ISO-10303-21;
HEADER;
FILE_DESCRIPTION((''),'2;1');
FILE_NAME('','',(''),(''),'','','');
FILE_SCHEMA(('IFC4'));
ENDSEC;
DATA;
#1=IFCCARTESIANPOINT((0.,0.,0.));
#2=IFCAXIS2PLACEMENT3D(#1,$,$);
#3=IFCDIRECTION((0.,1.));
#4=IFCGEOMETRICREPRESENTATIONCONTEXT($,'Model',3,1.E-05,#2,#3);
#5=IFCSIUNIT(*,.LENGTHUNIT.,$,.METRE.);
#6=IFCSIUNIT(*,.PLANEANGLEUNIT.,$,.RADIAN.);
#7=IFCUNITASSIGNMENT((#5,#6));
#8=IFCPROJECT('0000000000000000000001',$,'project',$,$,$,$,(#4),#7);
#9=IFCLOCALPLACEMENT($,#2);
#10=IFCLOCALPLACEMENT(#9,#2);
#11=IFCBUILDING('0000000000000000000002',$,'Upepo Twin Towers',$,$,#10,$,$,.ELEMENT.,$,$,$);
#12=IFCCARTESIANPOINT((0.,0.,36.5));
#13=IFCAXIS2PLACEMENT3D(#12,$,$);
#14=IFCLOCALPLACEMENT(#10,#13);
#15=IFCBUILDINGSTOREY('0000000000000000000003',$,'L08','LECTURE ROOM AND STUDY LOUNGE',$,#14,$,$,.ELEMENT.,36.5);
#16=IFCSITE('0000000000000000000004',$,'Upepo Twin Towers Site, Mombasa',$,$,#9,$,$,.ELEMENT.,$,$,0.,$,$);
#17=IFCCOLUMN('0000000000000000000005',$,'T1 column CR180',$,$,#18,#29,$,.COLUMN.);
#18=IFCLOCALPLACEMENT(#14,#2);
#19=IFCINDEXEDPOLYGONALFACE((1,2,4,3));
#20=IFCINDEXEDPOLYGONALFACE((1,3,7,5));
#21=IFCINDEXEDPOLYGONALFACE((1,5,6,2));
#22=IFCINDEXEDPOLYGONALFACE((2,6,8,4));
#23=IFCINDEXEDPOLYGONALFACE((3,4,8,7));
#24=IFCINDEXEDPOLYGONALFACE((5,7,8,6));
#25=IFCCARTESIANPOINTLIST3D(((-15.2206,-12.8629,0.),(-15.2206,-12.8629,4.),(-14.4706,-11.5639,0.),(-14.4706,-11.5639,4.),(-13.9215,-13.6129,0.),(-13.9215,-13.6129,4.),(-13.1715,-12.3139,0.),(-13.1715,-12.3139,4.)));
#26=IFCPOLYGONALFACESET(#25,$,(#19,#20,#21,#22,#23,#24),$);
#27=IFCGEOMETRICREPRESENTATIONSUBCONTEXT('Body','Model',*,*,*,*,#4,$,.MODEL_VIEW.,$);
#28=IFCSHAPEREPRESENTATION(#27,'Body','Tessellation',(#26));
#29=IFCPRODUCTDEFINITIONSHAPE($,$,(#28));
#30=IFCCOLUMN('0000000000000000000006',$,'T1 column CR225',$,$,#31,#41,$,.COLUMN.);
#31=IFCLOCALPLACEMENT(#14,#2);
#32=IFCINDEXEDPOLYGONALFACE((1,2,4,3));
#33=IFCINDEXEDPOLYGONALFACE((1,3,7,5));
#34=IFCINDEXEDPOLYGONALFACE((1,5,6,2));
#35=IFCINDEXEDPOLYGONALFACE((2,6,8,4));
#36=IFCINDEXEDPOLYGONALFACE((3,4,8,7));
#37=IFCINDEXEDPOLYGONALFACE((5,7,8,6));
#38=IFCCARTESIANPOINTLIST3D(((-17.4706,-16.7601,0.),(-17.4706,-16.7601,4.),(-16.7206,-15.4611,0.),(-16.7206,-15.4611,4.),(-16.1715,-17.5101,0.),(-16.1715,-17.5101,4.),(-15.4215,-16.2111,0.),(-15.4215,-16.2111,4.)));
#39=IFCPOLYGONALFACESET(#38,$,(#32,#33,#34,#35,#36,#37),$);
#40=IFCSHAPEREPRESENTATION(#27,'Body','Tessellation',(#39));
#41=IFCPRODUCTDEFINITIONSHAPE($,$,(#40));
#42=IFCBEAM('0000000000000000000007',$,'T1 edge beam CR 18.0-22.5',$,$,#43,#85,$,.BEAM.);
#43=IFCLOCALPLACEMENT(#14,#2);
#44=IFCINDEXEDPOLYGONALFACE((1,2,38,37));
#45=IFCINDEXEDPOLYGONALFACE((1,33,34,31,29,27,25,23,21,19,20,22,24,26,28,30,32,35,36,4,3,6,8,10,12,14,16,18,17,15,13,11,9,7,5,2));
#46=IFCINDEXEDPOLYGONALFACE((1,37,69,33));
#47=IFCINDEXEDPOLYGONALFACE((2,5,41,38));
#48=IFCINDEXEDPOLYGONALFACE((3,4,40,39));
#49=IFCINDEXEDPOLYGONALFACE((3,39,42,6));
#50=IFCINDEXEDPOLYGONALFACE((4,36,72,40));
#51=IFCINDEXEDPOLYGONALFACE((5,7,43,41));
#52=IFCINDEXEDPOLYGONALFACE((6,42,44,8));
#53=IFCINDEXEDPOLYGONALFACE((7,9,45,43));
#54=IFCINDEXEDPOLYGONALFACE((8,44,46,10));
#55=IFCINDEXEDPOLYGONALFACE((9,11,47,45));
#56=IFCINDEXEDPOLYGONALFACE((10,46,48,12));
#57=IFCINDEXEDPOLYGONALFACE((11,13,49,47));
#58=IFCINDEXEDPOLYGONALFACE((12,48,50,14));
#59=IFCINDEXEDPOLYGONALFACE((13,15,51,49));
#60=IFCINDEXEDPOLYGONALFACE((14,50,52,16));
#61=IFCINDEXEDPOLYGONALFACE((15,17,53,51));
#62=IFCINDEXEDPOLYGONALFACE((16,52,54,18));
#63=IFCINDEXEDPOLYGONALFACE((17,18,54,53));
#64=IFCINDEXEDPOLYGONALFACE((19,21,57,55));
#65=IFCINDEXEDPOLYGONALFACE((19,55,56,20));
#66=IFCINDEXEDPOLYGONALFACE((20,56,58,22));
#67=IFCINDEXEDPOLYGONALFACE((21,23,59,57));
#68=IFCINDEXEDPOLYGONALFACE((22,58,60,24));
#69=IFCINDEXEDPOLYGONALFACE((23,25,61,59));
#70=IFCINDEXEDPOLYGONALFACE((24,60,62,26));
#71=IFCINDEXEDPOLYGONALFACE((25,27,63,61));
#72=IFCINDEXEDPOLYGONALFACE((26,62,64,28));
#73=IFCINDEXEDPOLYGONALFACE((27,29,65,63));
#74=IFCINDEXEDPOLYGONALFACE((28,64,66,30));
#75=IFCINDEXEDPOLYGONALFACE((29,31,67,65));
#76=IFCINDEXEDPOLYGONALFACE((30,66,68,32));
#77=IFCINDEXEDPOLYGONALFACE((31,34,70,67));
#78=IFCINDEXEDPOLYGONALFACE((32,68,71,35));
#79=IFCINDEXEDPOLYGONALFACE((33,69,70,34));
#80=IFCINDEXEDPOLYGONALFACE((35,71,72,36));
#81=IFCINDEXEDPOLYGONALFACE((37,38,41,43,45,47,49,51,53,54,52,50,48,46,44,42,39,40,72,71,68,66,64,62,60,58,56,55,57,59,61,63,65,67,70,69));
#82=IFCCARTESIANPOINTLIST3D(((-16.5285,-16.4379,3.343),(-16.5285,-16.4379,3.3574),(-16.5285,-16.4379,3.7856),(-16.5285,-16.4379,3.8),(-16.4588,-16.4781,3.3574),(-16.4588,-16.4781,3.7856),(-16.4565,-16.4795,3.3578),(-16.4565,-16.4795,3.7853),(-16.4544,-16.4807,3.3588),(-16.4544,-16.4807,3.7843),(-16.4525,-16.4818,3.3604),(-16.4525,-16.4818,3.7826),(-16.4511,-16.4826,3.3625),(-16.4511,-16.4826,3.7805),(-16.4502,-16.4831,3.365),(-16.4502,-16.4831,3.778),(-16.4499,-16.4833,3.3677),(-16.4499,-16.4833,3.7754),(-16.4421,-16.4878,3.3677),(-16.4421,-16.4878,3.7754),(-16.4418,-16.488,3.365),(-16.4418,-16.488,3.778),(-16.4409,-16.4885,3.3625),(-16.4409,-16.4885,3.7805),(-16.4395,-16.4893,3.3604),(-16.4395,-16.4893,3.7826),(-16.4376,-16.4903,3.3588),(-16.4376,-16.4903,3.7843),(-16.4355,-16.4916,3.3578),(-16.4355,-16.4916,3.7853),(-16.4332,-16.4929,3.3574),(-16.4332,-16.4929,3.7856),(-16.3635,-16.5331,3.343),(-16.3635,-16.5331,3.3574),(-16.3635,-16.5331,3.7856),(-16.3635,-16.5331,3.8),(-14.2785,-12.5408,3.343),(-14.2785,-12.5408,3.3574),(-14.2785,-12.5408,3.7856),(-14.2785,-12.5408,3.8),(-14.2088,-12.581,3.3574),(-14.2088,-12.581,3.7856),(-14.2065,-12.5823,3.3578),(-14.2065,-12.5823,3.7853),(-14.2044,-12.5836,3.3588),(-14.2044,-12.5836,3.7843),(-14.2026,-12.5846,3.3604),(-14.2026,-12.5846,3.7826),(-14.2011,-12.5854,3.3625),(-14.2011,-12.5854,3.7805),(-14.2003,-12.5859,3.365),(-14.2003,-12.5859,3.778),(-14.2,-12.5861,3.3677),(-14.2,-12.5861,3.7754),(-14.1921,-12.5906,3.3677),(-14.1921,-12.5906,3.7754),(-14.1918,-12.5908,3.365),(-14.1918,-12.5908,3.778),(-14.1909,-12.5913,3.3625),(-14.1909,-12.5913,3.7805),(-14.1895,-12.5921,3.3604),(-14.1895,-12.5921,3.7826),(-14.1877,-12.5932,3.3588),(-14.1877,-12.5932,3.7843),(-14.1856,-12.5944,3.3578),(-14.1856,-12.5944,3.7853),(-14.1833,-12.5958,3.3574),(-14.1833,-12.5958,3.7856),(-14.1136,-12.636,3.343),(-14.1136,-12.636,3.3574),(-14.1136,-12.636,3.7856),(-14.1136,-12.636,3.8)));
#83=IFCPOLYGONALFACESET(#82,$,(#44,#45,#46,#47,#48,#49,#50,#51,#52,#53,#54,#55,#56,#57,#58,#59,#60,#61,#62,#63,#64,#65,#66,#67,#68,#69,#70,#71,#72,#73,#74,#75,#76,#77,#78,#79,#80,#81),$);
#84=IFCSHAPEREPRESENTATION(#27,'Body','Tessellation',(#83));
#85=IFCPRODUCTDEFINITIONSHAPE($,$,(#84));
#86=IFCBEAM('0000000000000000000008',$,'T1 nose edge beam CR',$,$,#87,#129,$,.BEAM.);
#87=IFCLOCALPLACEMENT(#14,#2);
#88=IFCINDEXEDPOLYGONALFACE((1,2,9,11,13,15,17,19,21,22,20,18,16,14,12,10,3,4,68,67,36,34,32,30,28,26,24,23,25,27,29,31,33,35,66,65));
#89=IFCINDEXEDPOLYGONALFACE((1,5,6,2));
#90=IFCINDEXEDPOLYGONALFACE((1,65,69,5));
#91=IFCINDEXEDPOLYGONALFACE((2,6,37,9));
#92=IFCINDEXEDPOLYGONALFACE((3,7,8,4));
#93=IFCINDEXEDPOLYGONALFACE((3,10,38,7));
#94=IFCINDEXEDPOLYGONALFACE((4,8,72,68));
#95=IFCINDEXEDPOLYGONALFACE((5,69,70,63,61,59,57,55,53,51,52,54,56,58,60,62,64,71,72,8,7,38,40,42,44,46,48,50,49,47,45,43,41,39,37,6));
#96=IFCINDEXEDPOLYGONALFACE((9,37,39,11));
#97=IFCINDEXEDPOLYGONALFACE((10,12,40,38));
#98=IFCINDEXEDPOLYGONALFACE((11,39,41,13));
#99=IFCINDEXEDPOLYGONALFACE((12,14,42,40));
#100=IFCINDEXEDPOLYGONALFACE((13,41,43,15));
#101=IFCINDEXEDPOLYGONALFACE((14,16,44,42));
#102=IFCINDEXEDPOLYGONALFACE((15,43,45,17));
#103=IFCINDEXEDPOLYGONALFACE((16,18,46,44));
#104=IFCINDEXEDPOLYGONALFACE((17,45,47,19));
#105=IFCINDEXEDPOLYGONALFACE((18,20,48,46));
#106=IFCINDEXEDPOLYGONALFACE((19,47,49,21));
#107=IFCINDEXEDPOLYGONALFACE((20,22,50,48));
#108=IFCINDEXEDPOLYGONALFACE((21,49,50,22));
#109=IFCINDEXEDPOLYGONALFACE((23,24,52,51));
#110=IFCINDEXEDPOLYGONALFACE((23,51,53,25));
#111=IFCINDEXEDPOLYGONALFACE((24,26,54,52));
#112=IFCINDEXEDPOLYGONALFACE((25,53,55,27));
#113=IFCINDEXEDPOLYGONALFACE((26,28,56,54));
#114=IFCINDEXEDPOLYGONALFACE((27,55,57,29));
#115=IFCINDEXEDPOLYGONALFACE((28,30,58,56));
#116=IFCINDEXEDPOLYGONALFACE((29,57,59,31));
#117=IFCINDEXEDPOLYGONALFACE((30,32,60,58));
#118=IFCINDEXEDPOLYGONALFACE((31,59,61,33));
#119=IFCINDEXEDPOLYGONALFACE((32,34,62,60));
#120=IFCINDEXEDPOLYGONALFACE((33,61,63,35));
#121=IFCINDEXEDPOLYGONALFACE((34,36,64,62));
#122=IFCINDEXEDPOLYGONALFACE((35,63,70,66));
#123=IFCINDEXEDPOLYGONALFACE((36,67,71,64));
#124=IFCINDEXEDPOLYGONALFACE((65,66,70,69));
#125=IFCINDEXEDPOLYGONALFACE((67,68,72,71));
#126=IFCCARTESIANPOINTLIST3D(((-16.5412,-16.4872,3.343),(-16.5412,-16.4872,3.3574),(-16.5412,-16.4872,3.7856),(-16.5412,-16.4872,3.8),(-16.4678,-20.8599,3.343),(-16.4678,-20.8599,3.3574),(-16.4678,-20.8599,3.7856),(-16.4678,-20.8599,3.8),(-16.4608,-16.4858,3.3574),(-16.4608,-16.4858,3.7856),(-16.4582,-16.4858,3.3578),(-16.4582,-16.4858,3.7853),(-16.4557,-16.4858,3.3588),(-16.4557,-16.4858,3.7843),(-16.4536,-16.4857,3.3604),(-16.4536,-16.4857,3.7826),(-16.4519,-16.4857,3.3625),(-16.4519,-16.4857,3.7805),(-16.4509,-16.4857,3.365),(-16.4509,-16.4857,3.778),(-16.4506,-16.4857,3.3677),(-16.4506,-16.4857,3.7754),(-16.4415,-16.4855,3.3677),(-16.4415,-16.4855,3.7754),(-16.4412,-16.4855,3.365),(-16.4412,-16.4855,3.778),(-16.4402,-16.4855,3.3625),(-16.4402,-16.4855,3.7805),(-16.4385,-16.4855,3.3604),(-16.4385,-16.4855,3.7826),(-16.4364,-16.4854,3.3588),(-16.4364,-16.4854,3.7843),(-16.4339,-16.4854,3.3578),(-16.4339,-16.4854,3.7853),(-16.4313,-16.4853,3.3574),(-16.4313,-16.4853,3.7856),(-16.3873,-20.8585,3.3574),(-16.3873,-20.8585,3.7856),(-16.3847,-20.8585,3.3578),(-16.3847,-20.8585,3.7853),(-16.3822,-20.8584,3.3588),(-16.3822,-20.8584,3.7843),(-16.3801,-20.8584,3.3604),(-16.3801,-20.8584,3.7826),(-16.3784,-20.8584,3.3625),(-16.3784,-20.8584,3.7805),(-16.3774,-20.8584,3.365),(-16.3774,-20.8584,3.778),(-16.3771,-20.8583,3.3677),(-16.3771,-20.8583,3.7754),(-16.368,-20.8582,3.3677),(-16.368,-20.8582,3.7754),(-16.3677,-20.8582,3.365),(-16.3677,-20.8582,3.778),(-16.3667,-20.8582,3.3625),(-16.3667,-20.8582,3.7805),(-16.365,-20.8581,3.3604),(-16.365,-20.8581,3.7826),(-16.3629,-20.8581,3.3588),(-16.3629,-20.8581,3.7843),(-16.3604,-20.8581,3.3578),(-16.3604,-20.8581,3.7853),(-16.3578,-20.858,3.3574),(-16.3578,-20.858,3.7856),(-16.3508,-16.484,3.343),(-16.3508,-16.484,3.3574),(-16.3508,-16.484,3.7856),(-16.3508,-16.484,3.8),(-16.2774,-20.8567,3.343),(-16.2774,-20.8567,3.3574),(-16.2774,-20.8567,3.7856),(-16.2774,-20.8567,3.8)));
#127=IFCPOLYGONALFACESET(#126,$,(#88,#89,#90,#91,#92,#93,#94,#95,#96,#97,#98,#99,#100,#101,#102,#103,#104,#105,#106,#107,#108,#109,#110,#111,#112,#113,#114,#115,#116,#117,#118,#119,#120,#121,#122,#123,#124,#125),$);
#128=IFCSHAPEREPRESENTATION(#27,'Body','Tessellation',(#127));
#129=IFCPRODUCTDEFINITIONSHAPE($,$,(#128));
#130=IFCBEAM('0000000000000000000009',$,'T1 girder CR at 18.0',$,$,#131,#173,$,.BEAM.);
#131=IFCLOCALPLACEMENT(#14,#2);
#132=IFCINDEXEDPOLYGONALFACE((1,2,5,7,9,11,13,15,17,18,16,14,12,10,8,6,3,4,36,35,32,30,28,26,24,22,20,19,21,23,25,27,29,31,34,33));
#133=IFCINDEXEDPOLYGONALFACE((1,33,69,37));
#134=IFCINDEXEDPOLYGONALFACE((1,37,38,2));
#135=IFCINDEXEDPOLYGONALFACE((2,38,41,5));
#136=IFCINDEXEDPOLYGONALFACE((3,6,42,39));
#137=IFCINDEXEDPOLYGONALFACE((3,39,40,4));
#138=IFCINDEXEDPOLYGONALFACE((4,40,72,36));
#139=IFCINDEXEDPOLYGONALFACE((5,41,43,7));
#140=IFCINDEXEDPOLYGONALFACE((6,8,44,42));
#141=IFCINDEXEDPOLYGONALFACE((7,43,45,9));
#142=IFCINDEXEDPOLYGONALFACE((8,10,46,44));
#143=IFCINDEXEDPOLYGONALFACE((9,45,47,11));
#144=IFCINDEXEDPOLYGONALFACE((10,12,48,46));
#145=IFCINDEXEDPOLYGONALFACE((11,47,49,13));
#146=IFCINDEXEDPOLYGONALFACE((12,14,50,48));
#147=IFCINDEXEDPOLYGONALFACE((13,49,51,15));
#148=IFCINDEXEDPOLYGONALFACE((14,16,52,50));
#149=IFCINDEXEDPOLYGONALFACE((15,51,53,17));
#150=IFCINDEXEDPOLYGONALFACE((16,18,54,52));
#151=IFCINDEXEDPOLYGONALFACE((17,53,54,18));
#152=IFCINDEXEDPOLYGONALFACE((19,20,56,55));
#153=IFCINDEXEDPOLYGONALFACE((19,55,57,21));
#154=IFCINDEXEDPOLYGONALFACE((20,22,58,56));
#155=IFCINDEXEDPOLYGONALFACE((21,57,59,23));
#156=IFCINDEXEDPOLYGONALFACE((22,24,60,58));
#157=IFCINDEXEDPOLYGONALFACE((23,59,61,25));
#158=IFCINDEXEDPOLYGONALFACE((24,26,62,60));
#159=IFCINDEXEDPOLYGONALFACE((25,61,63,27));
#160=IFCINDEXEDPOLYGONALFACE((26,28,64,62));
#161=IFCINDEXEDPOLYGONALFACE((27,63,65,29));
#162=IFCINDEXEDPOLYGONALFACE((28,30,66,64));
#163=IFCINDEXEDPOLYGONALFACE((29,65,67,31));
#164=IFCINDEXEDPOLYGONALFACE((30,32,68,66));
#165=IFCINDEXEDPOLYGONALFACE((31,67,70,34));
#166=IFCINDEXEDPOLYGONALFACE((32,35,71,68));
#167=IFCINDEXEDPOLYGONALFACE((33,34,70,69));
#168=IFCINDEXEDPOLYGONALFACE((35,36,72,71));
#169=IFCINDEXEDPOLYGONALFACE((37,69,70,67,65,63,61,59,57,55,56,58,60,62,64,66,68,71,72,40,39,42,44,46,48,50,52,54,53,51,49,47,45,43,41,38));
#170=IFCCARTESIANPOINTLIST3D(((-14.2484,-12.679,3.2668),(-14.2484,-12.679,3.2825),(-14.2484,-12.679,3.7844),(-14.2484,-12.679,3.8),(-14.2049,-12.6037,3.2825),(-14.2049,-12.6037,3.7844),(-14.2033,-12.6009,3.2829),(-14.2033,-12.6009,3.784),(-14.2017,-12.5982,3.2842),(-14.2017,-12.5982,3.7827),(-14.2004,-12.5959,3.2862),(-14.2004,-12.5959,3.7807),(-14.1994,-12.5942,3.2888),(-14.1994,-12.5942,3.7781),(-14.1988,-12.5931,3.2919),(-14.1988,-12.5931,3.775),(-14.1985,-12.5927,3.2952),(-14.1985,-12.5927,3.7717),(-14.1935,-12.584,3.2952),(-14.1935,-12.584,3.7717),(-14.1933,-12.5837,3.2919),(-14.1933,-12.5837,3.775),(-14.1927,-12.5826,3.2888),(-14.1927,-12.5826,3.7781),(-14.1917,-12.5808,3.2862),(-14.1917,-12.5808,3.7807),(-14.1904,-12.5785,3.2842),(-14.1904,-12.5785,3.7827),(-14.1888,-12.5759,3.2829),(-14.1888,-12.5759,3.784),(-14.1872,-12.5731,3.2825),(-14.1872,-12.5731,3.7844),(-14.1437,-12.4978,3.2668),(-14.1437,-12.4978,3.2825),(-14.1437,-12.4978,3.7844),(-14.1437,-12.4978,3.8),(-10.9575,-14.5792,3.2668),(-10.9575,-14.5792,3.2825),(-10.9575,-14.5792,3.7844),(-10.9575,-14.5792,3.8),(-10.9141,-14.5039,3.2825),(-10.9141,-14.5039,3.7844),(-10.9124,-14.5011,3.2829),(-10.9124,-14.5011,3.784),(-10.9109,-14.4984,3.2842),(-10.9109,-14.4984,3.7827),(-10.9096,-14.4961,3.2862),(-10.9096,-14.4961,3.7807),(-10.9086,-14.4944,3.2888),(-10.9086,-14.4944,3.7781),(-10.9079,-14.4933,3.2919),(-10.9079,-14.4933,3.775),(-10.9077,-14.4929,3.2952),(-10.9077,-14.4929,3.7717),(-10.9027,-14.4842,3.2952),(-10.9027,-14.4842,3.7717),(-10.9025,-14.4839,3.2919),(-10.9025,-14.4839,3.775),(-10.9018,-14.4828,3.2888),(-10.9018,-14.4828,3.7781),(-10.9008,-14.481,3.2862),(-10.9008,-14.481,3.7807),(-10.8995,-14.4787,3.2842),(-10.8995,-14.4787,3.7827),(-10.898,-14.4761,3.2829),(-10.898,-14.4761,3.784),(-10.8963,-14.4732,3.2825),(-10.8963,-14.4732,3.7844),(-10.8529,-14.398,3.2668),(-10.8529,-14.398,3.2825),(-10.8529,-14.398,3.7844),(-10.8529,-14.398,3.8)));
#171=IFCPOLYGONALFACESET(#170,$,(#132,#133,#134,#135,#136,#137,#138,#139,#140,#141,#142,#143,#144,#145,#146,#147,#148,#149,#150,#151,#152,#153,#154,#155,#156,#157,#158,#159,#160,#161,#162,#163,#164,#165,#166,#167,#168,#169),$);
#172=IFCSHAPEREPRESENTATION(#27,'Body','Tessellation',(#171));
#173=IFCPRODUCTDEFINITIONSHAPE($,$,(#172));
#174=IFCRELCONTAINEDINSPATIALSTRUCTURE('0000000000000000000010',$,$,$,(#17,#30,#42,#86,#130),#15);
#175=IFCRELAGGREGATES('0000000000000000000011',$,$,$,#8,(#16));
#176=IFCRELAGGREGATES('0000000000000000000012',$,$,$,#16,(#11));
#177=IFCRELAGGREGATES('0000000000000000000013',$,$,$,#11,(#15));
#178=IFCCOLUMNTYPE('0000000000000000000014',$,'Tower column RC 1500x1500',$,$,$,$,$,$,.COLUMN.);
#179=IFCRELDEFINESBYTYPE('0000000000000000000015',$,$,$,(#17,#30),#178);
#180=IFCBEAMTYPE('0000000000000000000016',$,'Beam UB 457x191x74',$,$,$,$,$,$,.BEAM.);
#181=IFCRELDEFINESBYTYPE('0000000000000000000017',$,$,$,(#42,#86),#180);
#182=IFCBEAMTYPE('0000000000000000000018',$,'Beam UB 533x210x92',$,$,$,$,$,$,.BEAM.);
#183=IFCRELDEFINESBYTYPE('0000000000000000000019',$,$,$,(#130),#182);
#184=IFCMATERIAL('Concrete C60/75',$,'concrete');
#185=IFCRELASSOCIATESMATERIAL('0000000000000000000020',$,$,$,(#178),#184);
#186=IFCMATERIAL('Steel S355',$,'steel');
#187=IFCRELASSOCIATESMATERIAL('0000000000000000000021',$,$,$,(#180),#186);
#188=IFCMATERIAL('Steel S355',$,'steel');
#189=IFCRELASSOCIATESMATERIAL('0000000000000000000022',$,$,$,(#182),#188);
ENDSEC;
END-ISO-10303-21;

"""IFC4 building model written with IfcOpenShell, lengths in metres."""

from ifc_helpers import new_model, si_unit, direction, frame, origin, origin_2d, place, context, subcontext, project, spatial, rectangle, i_section, extrude, material, material_profile, profile_set, type_object, element, save


model = new_model("IFC4")

# Units and contexts
model_context = context("Model", 3, precision=1e-05, world=origin(), true_north=direction((0.0, 1.0)))
body_context = subcontext(model_context, "Body", "Model", "MODEL_VIEW")
ifc_project = project(units=[si_unit("LENGTHUNIT", "METRE"), si_unit("PLANEANGLEUNIT", "RADIAN")], contexts=[model_context])

# Site, building, storey
site_placement = place(None, origin())
site = spatial("IfcSite", under=ifc_project, at=site_placement, Name="Upepo Twin Towers Site, Mombasa", CompositionType="ELEMENT", RefElevation=0.0)
building_placement = place(site_placement, origin())
building = spatial("IfcBuilding", under=site, at=building_placement, Name="Upepo Twin Towers", CompositionType="ELEMENT")
storey_placement = place(building_placement, frame((0.0, 0.0, 36.5)))
storey = spatial("IfcBuildingStorey", under=building, at=storey_placement, Name="L08", Description="LECTURE ROOM AND STUDY LOUNGE", CompositionType="ELEMENT", Elevation=36.5)

# Columns
ifc_material_1 = material(Name="Concrete C60/75", Category="concrete")
ifc_material_profile_1 = material_profile(ifc_material_1, rectangle(XDim=1.5, YDim=1.5, at=origin_2d()), Name="RC 1500x1500")
ifc_profile_set_1 = profile_set([ifc_material_profile_1], Name="Concrete C60/75")
column_type = type_object("IfcColumnType", Name="Tower column RC 1500x1500", PredefinedType="COLUMN", material=ifc_profile_set_1)
for number, where, z_axis, x_axis, name in (
    (1, (-14.196, -12.5884, 0.0), (0.0, 0.0, 1.0), (0.5, 0.866025, 0.0), "T1 column CR180"),
    (2, (-16.446, -16.4856, 0.0), (0.0, 0.0, 1.0), (0.5, 0.866025, 0.0), "T1 column CR225"),
):
    element("IfcColumn", number, at=place(storey_placement, frame(where, z_axis=z_axis, x_axis=x_axis)), inside=storey, type_object=column_type, Name=name, PredefinedType="COLUMN", context=body_context, shape_type="SweptSolid", body=[
        extrude(rectangle(XDim=1.5, YDim=1.5, at=origin_2d()), origin(), (0.0, 0.0, 1.0), 4.0),
    ])

# Beams
ifc_material_2 = material(Name="Steel S355", Category="steel")
ifc_material_profile_2 = material_profile(ifc_material_2, i_section(OverallWidth=0.1904, OverallDepth=0.457, WebThickness=0.009, FlangeThickness=0.0144, FilletRadius=0.0103, at=origin_2d()), Name="UB 457x191x74")
ifc_profile_set_2 = profile_set([ifc_material_profile_2], Name="Steel S355")
beam_type_1 = type_object("IfcBeamType", Name="Beam UB 457x191x74", PredefinedType="BEAM", material=ifc_profile_set_2)
beam_1_placement = place(storey_placement, frame((-14.196, -12.5884, 3.5715), z_axis=(-0.49999, -0.866031, 0.0), x_axis=(0.866031, -0.49999, 0.0)))
element("IfcBeam", 3, at=beam_1_placement, inside=storey, type_object=beam_type_1, Name="T1 edge beam CR 18.0-22.5", PredefinedType="BEAM", context=body_context, shape_type="SweptSolid", body=[
    extrude(i_section(OverallWidth=0.1904, OverallDepth=0.457, WebThickness=0.009, FlangeThickness=0.0144, FilletRadius=0.0103, at=origin_2d()), origin(), (0.0, 0.0, 1.0), 4.5),
])
beam_2_placement = place(storey_placement, frame((-16.446, -16.4856, 3.5715), z_axis=(0.016804, -0.999859, 0.0), x_axis=(0.999859, 0.016804, 0.0)))
element("IfcBeam", 4, at=beam_2_placement, inside=storey, type_object=beam_type_1, Name="T1 nose edge beam CR", PredefinedType="BEAM", context=body_context, shape_type="SweptSolid", body=[
    extrude(i_section(OverallWidth=0.1904, OverallDepth=0.457, WebThickness=0.009, FlangeThickness=0.0144, FilletRadius=0.0103, at=origin_2d()), origin(), (0.0, 0.0, 1.0), 4.3733),
])
ifc_material_3 = material(Name="Steel S355", Category="steel")
ifc_material_profile_3 = material_profile(ifc_material_3, i_section(OverallWidth=0.2092, OverallDepth=0.5332, WebThickness=0.01, FlangeThickness=0.0156, FilletRadius=0.0127, at=origin_2d()), Name="UB 533x210x92")
ifc_profile_set_3 = profile_set([ifc_material_profile_3], Name="Steel S355")
beam_type_2 = type_object("IfcBeamType", Name="Beam UB 533x210x92", PredefinedType="BEAM", material=ifc_profile_set_3)
beam_3_placement = place(storey_placement, frame((-14.196, -12.5884, 3.5334), z_axis=(0.866, -0.500043, 0.0), x_axis=(0.500043, 0.866, 0.0)))
element("IfcBeam", 5, at=beam_3_placement, inside=storey, type_object=beam_type_2, Name="T1 girder CR at 18.0", PredefinedType="BEAM", context=body_context, shape_type="SweptSolid", body=[
    extrude(i_section(OverallWidth=0.2092, OverallDepth=0.5332, WebThickness=0.01, FlangeThickness=0.0156, FilletRadius=0.0127, at=origin_2d()), origin(), (0.0, 0.0, 1.0), 3.8),
])

save(model, "model.ifc")
